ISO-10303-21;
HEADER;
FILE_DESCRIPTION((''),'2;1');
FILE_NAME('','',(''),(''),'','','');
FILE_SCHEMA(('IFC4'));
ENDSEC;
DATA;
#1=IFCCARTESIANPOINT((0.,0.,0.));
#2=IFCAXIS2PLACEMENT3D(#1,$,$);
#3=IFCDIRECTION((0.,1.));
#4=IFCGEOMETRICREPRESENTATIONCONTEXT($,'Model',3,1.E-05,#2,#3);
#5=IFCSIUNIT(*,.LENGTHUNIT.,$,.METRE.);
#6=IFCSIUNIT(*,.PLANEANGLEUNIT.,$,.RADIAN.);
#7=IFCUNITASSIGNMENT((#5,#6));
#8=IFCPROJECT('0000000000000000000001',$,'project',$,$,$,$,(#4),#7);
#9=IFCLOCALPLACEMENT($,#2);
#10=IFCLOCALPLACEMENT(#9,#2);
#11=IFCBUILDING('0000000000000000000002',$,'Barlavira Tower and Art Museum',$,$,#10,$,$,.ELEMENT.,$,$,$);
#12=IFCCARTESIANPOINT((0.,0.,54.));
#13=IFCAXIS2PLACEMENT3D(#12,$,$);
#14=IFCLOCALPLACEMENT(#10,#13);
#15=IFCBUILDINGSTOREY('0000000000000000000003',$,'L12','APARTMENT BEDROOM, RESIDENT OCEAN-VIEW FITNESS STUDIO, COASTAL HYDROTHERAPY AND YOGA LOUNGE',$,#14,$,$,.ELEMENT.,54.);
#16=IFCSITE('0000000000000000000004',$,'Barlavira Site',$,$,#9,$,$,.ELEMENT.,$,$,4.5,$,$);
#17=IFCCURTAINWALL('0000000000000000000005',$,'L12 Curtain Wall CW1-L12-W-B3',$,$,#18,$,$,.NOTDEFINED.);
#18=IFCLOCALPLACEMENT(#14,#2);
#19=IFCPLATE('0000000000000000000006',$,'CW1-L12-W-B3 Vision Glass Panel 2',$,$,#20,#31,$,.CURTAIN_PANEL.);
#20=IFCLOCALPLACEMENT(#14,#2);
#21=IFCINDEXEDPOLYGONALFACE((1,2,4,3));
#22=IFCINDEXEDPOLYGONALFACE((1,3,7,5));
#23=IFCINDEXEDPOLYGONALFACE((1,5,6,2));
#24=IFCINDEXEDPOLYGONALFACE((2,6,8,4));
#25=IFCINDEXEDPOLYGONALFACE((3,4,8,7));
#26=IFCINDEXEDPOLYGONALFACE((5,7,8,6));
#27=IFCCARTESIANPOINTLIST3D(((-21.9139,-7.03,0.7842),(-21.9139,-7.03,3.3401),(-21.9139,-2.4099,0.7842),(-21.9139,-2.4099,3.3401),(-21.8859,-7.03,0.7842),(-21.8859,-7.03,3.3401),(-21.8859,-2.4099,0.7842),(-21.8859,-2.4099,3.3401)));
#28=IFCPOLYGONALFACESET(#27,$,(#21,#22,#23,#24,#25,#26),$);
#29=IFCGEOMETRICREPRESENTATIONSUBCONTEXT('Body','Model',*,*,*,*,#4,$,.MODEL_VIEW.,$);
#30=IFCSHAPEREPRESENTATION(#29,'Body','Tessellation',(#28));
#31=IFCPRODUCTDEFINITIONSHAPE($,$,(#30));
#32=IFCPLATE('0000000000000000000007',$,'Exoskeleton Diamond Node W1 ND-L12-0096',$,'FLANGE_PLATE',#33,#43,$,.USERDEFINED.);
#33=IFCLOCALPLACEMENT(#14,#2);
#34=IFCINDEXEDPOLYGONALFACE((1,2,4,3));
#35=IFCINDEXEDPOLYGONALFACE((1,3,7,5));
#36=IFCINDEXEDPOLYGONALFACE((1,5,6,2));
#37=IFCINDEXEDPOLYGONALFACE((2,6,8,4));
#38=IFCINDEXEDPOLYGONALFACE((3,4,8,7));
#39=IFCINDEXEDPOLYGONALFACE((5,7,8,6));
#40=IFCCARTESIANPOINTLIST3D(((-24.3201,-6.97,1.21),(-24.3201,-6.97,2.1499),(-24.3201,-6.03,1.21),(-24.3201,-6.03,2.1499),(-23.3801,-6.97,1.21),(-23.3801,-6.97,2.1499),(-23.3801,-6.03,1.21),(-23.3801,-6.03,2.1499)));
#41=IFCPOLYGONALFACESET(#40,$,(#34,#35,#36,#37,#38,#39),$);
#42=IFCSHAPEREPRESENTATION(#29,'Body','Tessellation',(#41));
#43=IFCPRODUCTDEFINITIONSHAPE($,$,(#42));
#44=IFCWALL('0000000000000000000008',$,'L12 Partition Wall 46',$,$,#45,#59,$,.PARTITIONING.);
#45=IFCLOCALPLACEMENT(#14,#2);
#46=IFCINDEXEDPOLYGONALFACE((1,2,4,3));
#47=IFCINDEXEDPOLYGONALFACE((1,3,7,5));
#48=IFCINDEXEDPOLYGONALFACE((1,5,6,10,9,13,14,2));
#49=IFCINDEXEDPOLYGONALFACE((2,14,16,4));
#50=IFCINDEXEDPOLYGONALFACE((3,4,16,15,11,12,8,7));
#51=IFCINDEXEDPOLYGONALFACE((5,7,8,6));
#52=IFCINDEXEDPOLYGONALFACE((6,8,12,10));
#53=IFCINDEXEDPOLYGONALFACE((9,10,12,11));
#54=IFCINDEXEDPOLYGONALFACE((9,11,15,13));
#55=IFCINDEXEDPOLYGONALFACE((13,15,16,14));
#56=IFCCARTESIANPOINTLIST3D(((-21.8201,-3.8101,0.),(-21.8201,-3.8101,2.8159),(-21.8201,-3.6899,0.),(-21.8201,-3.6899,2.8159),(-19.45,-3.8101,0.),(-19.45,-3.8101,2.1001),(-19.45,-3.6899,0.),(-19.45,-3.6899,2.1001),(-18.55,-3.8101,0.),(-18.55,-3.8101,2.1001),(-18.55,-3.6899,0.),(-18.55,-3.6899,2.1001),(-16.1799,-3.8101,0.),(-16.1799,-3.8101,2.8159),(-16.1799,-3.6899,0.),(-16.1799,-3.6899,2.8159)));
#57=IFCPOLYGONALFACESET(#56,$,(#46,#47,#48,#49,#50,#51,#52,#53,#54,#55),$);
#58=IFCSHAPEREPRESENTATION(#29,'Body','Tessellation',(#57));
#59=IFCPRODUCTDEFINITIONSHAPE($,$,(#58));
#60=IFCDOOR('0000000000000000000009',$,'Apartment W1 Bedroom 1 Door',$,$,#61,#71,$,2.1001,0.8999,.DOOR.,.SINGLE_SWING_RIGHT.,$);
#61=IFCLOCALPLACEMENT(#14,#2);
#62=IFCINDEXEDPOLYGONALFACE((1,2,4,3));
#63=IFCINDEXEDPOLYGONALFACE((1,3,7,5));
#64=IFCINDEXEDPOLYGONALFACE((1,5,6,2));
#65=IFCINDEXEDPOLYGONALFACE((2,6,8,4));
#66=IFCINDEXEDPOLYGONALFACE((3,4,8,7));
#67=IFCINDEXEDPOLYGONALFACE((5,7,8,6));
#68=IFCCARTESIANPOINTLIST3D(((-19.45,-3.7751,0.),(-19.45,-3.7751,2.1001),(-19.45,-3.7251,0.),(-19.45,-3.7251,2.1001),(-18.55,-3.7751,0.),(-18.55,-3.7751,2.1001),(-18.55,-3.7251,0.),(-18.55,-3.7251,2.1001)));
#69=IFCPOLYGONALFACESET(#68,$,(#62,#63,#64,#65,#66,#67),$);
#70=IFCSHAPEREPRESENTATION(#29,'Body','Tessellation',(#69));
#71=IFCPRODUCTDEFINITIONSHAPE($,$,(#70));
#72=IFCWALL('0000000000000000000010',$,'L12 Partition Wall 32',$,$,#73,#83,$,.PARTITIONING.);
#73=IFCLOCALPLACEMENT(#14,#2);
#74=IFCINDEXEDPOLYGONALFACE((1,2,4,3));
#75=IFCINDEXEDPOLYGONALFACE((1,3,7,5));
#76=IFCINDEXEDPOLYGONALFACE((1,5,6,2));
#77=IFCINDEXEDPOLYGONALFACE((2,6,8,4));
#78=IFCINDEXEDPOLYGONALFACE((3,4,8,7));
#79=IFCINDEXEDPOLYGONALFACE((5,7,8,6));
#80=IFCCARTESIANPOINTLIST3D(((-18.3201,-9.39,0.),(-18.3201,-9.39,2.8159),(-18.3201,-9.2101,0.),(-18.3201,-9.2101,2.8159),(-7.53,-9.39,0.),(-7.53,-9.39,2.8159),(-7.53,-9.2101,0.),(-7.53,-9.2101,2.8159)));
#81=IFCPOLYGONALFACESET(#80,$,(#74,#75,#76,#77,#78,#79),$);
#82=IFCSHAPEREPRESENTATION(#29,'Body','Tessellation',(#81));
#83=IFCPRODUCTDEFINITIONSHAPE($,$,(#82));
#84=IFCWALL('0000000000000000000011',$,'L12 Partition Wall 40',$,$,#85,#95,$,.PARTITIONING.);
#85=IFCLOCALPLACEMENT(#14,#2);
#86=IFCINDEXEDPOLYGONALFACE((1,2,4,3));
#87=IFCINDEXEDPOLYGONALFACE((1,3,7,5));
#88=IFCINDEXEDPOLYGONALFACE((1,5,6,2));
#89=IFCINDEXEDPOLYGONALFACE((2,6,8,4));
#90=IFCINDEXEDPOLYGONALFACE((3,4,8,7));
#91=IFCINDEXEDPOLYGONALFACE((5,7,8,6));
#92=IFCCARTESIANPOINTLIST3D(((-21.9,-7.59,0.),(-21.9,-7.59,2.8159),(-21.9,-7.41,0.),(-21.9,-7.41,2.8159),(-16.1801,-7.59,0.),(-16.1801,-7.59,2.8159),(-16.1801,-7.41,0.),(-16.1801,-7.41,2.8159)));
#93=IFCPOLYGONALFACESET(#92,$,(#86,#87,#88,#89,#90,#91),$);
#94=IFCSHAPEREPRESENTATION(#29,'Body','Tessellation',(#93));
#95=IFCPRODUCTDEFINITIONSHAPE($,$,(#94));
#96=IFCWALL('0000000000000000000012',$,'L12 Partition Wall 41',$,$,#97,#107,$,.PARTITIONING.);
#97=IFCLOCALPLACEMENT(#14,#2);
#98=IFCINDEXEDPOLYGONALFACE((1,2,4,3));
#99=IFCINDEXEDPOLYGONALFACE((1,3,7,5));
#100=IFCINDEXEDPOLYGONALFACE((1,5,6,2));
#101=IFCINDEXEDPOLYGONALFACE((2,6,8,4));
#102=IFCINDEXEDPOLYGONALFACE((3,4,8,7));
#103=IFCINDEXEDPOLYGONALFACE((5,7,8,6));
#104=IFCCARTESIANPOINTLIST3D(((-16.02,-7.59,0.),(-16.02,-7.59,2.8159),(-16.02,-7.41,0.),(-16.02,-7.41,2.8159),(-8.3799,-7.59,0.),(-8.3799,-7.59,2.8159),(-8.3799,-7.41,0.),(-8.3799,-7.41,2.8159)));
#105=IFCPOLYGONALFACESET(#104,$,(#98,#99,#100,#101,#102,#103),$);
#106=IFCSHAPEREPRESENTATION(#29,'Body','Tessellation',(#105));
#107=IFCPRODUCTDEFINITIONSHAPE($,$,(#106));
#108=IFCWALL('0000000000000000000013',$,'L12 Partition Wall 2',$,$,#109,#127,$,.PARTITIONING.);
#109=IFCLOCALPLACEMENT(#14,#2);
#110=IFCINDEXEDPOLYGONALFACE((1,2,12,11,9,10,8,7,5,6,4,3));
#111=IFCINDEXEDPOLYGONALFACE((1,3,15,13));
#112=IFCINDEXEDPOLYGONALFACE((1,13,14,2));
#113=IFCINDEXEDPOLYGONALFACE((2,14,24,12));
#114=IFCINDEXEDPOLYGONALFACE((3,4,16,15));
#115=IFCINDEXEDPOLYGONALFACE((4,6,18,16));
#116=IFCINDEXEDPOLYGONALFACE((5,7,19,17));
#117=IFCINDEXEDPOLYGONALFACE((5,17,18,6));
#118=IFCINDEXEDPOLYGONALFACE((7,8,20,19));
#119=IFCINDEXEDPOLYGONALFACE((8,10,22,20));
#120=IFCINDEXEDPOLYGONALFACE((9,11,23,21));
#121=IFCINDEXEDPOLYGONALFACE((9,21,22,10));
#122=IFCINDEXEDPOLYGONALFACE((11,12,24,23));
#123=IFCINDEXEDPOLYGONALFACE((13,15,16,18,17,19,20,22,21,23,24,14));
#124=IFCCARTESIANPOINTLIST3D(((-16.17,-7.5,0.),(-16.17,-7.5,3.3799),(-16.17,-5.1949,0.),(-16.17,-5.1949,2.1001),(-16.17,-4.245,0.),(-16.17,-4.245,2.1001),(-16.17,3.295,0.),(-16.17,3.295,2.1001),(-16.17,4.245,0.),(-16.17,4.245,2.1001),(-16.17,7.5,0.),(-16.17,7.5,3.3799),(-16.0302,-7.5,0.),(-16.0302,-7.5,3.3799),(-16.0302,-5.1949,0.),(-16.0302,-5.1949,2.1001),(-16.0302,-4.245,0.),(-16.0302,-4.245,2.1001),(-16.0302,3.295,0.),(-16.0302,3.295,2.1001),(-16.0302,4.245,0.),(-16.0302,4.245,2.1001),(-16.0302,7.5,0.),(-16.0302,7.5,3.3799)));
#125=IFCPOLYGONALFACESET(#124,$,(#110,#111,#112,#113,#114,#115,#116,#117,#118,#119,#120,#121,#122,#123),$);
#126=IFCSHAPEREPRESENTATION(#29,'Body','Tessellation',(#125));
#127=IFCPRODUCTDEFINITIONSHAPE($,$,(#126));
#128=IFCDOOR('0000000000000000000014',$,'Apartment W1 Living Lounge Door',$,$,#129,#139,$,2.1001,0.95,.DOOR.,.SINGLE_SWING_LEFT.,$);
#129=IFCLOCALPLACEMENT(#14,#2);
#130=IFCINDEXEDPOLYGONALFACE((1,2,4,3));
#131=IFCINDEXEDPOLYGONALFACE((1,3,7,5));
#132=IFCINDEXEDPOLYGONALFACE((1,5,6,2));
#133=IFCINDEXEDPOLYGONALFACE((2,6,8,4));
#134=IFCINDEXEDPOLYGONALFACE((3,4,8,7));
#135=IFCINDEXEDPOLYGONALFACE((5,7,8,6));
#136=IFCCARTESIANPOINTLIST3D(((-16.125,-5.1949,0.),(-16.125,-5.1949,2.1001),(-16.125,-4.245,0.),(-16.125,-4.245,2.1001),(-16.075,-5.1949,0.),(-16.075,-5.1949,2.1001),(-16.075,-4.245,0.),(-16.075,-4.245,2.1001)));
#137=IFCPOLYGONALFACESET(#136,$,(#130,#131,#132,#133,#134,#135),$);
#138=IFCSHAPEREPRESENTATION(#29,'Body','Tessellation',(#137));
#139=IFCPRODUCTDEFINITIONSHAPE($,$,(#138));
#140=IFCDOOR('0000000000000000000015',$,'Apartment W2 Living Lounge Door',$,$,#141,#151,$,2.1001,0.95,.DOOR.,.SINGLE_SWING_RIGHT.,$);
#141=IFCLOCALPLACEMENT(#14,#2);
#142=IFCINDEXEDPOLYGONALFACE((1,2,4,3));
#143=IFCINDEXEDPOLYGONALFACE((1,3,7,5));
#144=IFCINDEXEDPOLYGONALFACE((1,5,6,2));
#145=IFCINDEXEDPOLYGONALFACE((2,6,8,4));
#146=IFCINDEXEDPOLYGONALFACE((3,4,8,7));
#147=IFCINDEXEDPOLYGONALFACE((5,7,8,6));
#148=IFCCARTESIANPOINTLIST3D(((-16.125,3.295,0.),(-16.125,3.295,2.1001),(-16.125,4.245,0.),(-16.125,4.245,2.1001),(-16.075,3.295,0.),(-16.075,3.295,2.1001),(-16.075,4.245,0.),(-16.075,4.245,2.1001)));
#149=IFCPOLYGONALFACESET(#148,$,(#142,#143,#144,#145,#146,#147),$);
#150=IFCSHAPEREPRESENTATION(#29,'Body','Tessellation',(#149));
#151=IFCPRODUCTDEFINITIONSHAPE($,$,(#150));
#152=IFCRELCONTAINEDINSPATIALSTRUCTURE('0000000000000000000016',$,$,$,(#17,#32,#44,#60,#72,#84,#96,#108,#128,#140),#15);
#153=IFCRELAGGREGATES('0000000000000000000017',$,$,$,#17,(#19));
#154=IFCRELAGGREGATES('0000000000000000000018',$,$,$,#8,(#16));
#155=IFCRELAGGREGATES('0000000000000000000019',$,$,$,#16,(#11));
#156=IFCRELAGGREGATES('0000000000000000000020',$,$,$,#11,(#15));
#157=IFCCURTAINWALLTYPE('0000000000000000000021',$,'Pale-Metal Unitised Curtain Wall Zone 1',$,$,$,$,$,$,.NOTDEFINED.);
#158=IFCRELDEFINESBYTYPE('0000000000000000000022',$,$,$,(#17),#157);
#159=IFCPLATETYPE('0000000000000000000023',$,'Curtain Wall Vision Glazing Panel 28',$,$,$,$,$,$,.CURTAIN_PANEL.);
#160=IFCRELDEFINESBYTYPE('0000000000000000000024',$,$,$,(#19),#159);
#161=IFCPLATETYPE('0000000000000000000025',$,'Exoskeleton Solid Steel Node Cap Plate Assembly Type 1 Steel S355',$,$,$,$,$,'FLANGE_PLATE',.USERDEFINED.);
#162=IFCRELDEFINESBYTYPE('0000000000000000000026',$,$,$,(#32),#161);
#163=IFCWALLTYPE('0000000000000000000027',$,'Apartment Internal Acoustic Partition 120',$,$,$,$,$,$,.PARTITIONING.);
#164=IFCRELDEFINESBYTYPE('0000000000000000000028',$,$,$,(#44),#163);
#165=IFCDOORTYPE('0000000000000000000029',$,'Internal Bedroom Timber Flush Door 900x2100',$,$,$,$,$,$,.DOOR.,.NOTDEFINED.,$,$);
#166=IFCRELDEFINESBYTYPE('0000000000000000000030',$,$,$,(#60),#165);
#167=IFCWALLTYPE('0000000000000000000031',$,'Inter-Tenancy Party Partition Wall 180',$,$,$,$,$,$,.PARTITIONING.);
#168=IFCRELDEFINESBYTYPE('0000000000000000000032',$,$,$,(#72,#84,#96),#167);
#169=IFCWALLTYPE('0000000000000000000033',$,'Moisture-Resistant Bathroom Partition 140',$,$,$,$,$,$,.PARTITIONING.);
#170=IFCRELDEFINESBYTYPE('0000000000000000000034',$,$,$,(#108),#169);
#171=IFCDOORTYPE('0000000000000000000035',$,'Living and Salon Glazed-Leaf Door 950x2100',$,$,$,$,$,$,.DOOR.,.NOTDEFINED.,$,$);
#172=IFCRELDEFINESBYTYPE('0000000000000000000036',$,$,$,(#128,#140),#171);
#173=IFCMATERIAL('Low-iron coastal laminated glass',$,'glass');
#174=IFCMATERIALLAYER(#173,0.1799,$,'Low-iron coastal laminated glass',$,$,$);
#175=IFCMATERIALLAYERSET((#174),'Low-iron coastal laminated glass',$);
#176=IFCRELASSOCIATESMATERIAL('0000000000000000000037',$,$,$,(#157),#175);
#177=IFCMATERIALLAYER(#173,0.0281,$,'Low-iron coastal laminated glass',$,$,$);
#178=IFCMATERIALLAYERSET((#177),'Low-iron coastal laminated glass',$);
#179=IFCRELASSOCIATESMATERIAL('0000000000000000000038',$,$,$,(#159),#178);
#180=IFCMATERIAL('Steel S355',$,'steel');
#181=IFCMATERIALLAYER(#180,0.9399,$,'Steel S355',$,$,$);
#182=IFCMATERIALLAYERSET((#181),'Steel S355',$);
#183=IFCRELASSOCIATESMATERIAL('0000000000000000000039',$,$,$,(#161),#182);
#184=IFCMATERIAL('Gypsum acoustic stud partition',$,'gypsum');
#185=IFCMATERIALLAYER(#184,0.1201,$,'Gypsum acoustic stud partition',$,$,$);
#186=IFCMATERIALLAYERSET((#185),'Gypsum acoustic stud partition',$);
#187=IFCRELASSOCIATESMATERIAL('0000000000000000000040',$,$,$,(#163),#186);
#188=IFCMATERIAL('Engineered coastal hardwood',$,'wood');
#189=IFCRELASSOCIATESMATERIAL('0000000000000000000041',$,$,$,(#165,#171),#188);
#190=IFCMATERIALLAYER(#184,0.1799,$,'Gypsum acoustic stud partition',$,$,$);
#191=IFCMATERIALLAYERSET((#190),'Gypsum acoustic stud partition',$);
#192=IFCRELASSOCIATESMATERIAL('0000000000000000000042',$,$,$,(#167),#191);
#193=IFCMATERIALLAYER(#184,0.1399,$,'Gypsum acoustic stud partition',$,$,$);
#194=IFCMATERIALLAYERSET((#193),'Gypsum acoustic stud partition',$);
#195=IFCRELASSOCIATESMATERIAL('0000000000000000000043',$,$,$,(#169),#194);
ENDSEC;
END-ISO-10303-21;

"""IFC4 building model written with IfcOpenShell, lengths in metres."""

from ifc_helpers import new_model, si_unit, direction, frame, frame_2d, origin, origin_2d, place, context, subcontext, project, spatial, rectangle, extrude, material, layer, layer_set, type_object, element, fill, aggregate, save


model = new_model("IFC4")

# Units and contexts
model_context = context("Model", 3, precision=1e-05, world=origin(), true_north=direction((0.0, 1.0)))
body_context = subcontext(model_context, "Body", "Model", "MODEL_VIEW")
ifc_project = project(units=[si_unit("LENGTHUNIT", "METRE"), si_unit("PLANEANGLEUNIT", "RADIAN")], contexts=[model_context])

# Site, building, storey
site_placement = place(None, origin())
site = spatial("IfcSite", under=ifc_project, at=site_placement, Name="Barlavira Site", CompositionType="ELEMENT", RefElevation=4.5)
building_placement = place(site_placement, origin())
building = spatial("IfcBuilding", under=site, at=building_placement, Name="Barlavira Tower and Art Museum", CompositionType="ELEMENT")
storey_placement = place(building_placement, frame((0.0, 0.0, 54.0)))
storey = spatial("IfcBuildingStorey", under=building, at=storey_placement, Name="L12", Description="APARTMENT BEDROOM, RESIDENT OCEAN-VIEW FITNESS STUDIO, COASTAL HYDROTHERAPY AND YOGA LOUNGE", CompositionType="ELEMENT", Elevation=54.0)

# Curtain wall
ifc_material_1 = material(Name="Low-iron coastal laminated glass", Category="glass")
ifc_layer_1 = layer(ifc_material_1, 0.1799, Name="Low-iron coastal laminated glass")
ifc_layer_set_1 = layer_set([ifc_layer_1], Name="Low-iron coastal laminated glass")
curtain_wall_type = type_object("IfcCurtainWallType", Name="Pale-Metal Unitised Curtain Wall Zone 1", PredefinedType="NOTDEFINED", material=ifc_layer_set_1)
curtain_wall_placement = place(storey_placement, origin())
curtain_wall = element("IfcCurtainWall", 1, at=curtain_wall_placement, inside=storey, type_object=curtain_wall_type, Name="L12 Curtain Wall CW1-L12-W-B3", PredefinedType="NOTDEFINED")

# Shared definitions
ifc_material_2 = material(Name="Steel S355", Category="steel")

# Plates
ifc_layer_2 = layer(ifc_material_1, 0.0281, Name="Low-iron coastal laminated glass")
ifc_layer_set_2 = layer_set([ifc_layer_2], Name="Low-iron coastal laminated glass")
plate_type_1 = type_object("IfcPlateType", Name="Curtain Wall Vision Glazing Panel 28", PredefinedType="CURTAIN_PANEL", material=ifc_layer_set_2)
plate_1_placement = place(storey_placement, frame((-21.8999, -4.72, 0.7842), z_axis=(0.0, 0.0, 1.0), x_axis=(0.0, -1.0, 0.0)))
plate_1 = element("IfcPlate", 2, at=plate_1_placement, type_object=plate_type_1, Name="CW1-L12-W-B3 Vision Glass Panel 2", PredefinedType="CURTAIN_PANEL", context=body_context, shape_type="SweptSolid", body=[
    extrude(rectangle(XDim=4.6201, YDim=0.0281, at=origin_2d()), origin(), (0.0, 0.0, 1.0), 2.5559),
])
aggregate(curtain_wall, [plate_1])
ifc_layer_3 = layer(ifc_material_2, 0.9399, Name="Steel S355")
ifc_layer_set_3 = layer_set([ifc_layer_3], Name="Steel S355")
plate_type_2 = type_object("IfcPlateType", Name="Exoskeleton Solid Steel Node Cap Plate Assembly Type 1 Steel S355", ElementType="FLANGE_PLATE", PredefinedType="USERDEFINED", material=ifc_layer_set_3)
plate_2_placement = place(storey_placement, frame((-23.8501, -6.5, 1.21), z_axis=(0.0, 0.0, 1.0), x_axis=(1.0, 0.0, 0.0)))
element("IfcPlate", 3, at=plate_2_placement, inside=storey, type_object=plate_type_2, Name="Exoskeleton Diamond Node W1 ND-L12-0096", ObjectType="FLANGE_PLATE", PredefinedType="USERDEFINED", context=body_context, shape_type="SweptSolid", body=[
    extrude(rectangle(XDim=0.9399, YDim=0.9399, at=origin_2d()), origin(), (0.0, 0.0, 1.0), 0.9399),
])

# Wall, opening, door
ifc_material_3 = material(Name="Gypsum acoustic stud partition", Category="gypsum")
ifc_layer_4 = layer(ifc_material_3, 0.1201, Name="Gypsum acoustic stud partition")
ifc_layer_set_4 = layer_set([ifc_layer_4], Name="Gypsum acoustic stud partition")
wall_type_1 = type_object("IfcWallType", Name="Apartment Internal Acoustic Partition 120", PredefinedType="PARTITIONING", material=ifc_layer_set_4)
wall_1_placement = place(storey_placement, frame((-21.8201, -3.75, 0.0), z_axis=(0.0, 0.0, 1.0), x_axis=(1.0, 0.0, 0.0)))
wall_1 = element("IfcWall", 4, at=wall_1_placement, inside=storey, type_object=wall_type_1, Name="L12 Partition Wall 46", PredefinedType="PARTITIONING", context=body_context, shape_type="SweptSolid", body=[
    extrude(rectangle(XDim=5.6401, YDim=0.1201, at=frame_2d((2.8201, 0.0))), origin(), (0.0, 0.0, 1.0), 2.8159),
])
opening_1_placement = place(wall_1_placement, frame((2.3701, 0.0, 0.0)))
opening_1 = element("IfcOpeningElement", 5, at=opening_1_placement, cuts=wall_1, PredefinedType="OPENING", context=body_context, shape_type="SweptSolid", body=[
    extrude(rectangle(XDim=0.8999, YDim=2.1001, at=frame_2d((0.45, 1.05))), frame((0.0, 0.0701, 0.0), z_axis=(0.0, -1.0, 0.0), x_axis=(1.0, 0.0, 0.0)), (0.0, 0.0, 1.0), 0.1401),
])
ifc_material_4 = material(Name="Engineered coastal hardwood", Category="wood")
door_type_1 = type_object("IfcDoorType", Name="Internal Bedroom Timber Flush Door 900x2100", OperationType="NOTDEFINED", PredefinedType="DOOR", material=ifc_material_4)
door_1_placement = place(opening_1_placement, origin())
door_1 = element("IfcDoor", 6, at=door_1_placement, inside=storey, type_object=door_type_1, Name="Apartment W1 Bedroom 1 Door", OperationType="SINGLE_SWING_RIGHT", OverallHeight=2.1001, OverallWidth=0.8999, PredefinedType="DOOR", context=body_context, shape_type="SweptSolid", body=[
    extrude(rectangle(XDim=0.8999, YDim=2.1001, at=frame_2d((0.45, 1.05))), frame((0.0, 0.0249, 0.0), z_axis=(0.0, -1.0, 0.0), x_axis=(1.0, 0.0, 0.0)), (0.0, 0.0, 1.0), 0.05),
])
fill(opening_1, door_1)

# Walls
ifc_layer_5 = layer(ifc_material_3, 0.1799, Name="Gypsum acoustic stud partition")
ifc_layer_set_5 = layer_set([ifc_layer_5], Name="Gypsum acoustic stud partition")
wall_type_2 = type_object("IfcWallType", Name="Inter-Tenancy Party Partition Wall 180", PredefinedType="PARTITIONING", material=ifc_layer_set_5)
wall_2_placement = place(storey_placement, frame((-18.3201, -9.3, 0.0), z_axis=(0.0, 0.0, 1.0), x_axis=(1.0, 0.0, 0.0)))
element("IfcWall", 7, at=wall_2_placement, inside=storey, type_object=wall_type_2, Name="L12 Partition Wall 32", PredefinedType="PARTITIONING", context=body_context, shape_type="SweptSolid", body=[
    extrude(rectangle(XDim=10.79, YDim=0.1799, at=frame_2d((5.395, 0.0))), origin(), (0.0, 0.0, 1.0), 2.8159),
])
wall_3_placement = place(storey_placement, frame((-21.8999, -7.5, 0.0), z_axis=(0.0, 0.0, 1.0), x_axis=(1.0, 0.0, 0.0)))
element("IfcWall", 8, at=wall_3_placement, inside=storey, type_object=wall_type_2, Name="L12 Partition Wall 40", PredefinedType="PARTITIONING", context=body_context, shape_type="SweptSolid", body=[
    extrude(rectangle(XDim=5.72, YDim=0.1799, at=frame_2d((2.8599, 0.0))), origin(), (0.0, 0.0, 1.0), 2.8159),
])
wall_4_placement = place(storey_placement, frame((-16.02, -7.5, 0.0), z_axis=(0.0, 0.0, 1.0), x_axis=(1.0, 0.0, 0.0)))
element("IfcWall", 9, at=wall_4_placement, inside=storey, type_object=wall_type_2, Name="L12 Partition Wall 41", PredefinedType="PARTITIONING", context=body_context, shape_type="SweptSolid", body=[
    extrude(rectangle(XDim=7.6401, YDim=0.1799, at=frame_2d((3.8201, 0.0))), origin(), (0.0, 0.0, 1.0), 2.8159),
])

# Wall, openings, doors
ifc_layer_6 = layer(ifc_material_3, 0.1399, Name="Gypsum acoustic stud partition")
ifc_layer_set_6 = layer_set([ifc_layer_6], Name="Gypsum acoustic stud partition")
wall_type_3 = type_object("IfcWallType", Name="Moisture-Resistant Bathroom Partition 140", PredefinedType="PARTITIONING", material=ifc_layer_set_6)
wall_5_placement = place(storey_placement, frame((-16.1001, -7.5, 0.0), z_axis=(0.0, 0.0, 1.0), x_axis=(0.0, 1.0, 0.0)))
wall_5 = element("IfcWall", 10, at=wall_5_placement, inside=storey, type_object=wall_type_3, Name="L12 Partition Wall 2", PredefinedType="PARTITIONING", context=body_context, shape_type="SweptSolid", body=[
    extrude(rectangle(XDim=15.0, YDim=0.1399, at=frame_2d((7.5, 0.0))), origin(), (0.0, 0.0, 1.0), 3.3799),
])
opening_2_placement = place(wall_5_placement, frame((2.3049, 0.0, 0.0)))
opening_2 = element("IfcOpeningElement", 11, at=opening_2_placement, cuts=wall_5, PredefinedType="OPENING", context=body_context, shape_type="SweptSolid", body=[
    extrude(rectangle(XDim=0.95, YDim=2.1001, at=frame_2d((0.4751, 1.05))), frame((0.0, 0.0801, 0.0), z_axis=(0.0, -1.0, 0.0), x_axis=(1.0, 0.0, 0.0)), (0.0, 0.0, 1.0), 0.1599),
])
opening_3_placement = place(wall_5_placement, frame((10.7949, 0.0, 0.0)))
opening_3 = element("IfcOpeningElement", 12, at=opening_3_placement, cuts=wall_5, PredefinedType="OPENING", context=body_context, shape_type="SweptSolid", body=[
    extrude(rectangle(XDim=0.95, YDim=2.1001, at=frame_2d((0.4751, 1.05))), frame((0.0, 0.0801, 0.0), z_axis=(0.0, -1.0, 0.0), x_axis=(1.0, 0.0, 0.0)), (0.0, 0.0, 1.0), 0.1599),
])
door_type_2 = type_object("IfcDoorType", Name="Living and Salon Glazed-Leaf Door 950x2100", OperationType="NOTDEFINED", PredefinedType="DOOR", material=ifc_material_4)
door_2_placement = place(opening_2_placement, origin())
door_2 = element("IfcDoor", 13, at=door_2_placement, inside=storey, type_object=door_type_2, Name="Apartment W1 Living Lounge Door", OperationType="SINGLE_SWING_LEFT", OverallHeight=2.1001, OverallWidth=0.95, PredefinedType="DOOR", context=body_context, shape_type="SweptSolid", body=[
    extrude(rectangle(XDim=0.95, YDim=2.1001, at=frame_2d((0.4751, 1.05))), frame((0.0, 0.0249, 0.0), z_axis=(0.0, -1.0, 0.0), x_axis=(1.0, 0.0, 0.0)), (0.0, 0.0, 1.0), 0.05),
])
fill(opening_2, door_2)
door_3_placement = place(opening_3_placement, origin())
door_3 = element("IfcDoor", 14, at=door_3_placement, inside=storey, type_object=door_type_2, Name="Apartment W2 Living Lounge Door", OperationType="SINGLE_SWING_RIGHT", OverallHeight=2.1001, OverallWidth=0.95, PredefinedType="DOOR", context=body_context, shape_type="SweptSolid", body=[
    extrude(rectangle(XDim=0.95, YDim=2.1001, at=frame_2d((0.4751, 1.05))), frame((0.0, 0.0249, 0.0), z_axis=(0.0, -1.0, 0.0), x_axis=(1.0, 0.0, 0.0)), (0.0, 0.0, 1.0), 0.05),
])
fill(opening_3, door_3)

save(model, "model.ifc")
